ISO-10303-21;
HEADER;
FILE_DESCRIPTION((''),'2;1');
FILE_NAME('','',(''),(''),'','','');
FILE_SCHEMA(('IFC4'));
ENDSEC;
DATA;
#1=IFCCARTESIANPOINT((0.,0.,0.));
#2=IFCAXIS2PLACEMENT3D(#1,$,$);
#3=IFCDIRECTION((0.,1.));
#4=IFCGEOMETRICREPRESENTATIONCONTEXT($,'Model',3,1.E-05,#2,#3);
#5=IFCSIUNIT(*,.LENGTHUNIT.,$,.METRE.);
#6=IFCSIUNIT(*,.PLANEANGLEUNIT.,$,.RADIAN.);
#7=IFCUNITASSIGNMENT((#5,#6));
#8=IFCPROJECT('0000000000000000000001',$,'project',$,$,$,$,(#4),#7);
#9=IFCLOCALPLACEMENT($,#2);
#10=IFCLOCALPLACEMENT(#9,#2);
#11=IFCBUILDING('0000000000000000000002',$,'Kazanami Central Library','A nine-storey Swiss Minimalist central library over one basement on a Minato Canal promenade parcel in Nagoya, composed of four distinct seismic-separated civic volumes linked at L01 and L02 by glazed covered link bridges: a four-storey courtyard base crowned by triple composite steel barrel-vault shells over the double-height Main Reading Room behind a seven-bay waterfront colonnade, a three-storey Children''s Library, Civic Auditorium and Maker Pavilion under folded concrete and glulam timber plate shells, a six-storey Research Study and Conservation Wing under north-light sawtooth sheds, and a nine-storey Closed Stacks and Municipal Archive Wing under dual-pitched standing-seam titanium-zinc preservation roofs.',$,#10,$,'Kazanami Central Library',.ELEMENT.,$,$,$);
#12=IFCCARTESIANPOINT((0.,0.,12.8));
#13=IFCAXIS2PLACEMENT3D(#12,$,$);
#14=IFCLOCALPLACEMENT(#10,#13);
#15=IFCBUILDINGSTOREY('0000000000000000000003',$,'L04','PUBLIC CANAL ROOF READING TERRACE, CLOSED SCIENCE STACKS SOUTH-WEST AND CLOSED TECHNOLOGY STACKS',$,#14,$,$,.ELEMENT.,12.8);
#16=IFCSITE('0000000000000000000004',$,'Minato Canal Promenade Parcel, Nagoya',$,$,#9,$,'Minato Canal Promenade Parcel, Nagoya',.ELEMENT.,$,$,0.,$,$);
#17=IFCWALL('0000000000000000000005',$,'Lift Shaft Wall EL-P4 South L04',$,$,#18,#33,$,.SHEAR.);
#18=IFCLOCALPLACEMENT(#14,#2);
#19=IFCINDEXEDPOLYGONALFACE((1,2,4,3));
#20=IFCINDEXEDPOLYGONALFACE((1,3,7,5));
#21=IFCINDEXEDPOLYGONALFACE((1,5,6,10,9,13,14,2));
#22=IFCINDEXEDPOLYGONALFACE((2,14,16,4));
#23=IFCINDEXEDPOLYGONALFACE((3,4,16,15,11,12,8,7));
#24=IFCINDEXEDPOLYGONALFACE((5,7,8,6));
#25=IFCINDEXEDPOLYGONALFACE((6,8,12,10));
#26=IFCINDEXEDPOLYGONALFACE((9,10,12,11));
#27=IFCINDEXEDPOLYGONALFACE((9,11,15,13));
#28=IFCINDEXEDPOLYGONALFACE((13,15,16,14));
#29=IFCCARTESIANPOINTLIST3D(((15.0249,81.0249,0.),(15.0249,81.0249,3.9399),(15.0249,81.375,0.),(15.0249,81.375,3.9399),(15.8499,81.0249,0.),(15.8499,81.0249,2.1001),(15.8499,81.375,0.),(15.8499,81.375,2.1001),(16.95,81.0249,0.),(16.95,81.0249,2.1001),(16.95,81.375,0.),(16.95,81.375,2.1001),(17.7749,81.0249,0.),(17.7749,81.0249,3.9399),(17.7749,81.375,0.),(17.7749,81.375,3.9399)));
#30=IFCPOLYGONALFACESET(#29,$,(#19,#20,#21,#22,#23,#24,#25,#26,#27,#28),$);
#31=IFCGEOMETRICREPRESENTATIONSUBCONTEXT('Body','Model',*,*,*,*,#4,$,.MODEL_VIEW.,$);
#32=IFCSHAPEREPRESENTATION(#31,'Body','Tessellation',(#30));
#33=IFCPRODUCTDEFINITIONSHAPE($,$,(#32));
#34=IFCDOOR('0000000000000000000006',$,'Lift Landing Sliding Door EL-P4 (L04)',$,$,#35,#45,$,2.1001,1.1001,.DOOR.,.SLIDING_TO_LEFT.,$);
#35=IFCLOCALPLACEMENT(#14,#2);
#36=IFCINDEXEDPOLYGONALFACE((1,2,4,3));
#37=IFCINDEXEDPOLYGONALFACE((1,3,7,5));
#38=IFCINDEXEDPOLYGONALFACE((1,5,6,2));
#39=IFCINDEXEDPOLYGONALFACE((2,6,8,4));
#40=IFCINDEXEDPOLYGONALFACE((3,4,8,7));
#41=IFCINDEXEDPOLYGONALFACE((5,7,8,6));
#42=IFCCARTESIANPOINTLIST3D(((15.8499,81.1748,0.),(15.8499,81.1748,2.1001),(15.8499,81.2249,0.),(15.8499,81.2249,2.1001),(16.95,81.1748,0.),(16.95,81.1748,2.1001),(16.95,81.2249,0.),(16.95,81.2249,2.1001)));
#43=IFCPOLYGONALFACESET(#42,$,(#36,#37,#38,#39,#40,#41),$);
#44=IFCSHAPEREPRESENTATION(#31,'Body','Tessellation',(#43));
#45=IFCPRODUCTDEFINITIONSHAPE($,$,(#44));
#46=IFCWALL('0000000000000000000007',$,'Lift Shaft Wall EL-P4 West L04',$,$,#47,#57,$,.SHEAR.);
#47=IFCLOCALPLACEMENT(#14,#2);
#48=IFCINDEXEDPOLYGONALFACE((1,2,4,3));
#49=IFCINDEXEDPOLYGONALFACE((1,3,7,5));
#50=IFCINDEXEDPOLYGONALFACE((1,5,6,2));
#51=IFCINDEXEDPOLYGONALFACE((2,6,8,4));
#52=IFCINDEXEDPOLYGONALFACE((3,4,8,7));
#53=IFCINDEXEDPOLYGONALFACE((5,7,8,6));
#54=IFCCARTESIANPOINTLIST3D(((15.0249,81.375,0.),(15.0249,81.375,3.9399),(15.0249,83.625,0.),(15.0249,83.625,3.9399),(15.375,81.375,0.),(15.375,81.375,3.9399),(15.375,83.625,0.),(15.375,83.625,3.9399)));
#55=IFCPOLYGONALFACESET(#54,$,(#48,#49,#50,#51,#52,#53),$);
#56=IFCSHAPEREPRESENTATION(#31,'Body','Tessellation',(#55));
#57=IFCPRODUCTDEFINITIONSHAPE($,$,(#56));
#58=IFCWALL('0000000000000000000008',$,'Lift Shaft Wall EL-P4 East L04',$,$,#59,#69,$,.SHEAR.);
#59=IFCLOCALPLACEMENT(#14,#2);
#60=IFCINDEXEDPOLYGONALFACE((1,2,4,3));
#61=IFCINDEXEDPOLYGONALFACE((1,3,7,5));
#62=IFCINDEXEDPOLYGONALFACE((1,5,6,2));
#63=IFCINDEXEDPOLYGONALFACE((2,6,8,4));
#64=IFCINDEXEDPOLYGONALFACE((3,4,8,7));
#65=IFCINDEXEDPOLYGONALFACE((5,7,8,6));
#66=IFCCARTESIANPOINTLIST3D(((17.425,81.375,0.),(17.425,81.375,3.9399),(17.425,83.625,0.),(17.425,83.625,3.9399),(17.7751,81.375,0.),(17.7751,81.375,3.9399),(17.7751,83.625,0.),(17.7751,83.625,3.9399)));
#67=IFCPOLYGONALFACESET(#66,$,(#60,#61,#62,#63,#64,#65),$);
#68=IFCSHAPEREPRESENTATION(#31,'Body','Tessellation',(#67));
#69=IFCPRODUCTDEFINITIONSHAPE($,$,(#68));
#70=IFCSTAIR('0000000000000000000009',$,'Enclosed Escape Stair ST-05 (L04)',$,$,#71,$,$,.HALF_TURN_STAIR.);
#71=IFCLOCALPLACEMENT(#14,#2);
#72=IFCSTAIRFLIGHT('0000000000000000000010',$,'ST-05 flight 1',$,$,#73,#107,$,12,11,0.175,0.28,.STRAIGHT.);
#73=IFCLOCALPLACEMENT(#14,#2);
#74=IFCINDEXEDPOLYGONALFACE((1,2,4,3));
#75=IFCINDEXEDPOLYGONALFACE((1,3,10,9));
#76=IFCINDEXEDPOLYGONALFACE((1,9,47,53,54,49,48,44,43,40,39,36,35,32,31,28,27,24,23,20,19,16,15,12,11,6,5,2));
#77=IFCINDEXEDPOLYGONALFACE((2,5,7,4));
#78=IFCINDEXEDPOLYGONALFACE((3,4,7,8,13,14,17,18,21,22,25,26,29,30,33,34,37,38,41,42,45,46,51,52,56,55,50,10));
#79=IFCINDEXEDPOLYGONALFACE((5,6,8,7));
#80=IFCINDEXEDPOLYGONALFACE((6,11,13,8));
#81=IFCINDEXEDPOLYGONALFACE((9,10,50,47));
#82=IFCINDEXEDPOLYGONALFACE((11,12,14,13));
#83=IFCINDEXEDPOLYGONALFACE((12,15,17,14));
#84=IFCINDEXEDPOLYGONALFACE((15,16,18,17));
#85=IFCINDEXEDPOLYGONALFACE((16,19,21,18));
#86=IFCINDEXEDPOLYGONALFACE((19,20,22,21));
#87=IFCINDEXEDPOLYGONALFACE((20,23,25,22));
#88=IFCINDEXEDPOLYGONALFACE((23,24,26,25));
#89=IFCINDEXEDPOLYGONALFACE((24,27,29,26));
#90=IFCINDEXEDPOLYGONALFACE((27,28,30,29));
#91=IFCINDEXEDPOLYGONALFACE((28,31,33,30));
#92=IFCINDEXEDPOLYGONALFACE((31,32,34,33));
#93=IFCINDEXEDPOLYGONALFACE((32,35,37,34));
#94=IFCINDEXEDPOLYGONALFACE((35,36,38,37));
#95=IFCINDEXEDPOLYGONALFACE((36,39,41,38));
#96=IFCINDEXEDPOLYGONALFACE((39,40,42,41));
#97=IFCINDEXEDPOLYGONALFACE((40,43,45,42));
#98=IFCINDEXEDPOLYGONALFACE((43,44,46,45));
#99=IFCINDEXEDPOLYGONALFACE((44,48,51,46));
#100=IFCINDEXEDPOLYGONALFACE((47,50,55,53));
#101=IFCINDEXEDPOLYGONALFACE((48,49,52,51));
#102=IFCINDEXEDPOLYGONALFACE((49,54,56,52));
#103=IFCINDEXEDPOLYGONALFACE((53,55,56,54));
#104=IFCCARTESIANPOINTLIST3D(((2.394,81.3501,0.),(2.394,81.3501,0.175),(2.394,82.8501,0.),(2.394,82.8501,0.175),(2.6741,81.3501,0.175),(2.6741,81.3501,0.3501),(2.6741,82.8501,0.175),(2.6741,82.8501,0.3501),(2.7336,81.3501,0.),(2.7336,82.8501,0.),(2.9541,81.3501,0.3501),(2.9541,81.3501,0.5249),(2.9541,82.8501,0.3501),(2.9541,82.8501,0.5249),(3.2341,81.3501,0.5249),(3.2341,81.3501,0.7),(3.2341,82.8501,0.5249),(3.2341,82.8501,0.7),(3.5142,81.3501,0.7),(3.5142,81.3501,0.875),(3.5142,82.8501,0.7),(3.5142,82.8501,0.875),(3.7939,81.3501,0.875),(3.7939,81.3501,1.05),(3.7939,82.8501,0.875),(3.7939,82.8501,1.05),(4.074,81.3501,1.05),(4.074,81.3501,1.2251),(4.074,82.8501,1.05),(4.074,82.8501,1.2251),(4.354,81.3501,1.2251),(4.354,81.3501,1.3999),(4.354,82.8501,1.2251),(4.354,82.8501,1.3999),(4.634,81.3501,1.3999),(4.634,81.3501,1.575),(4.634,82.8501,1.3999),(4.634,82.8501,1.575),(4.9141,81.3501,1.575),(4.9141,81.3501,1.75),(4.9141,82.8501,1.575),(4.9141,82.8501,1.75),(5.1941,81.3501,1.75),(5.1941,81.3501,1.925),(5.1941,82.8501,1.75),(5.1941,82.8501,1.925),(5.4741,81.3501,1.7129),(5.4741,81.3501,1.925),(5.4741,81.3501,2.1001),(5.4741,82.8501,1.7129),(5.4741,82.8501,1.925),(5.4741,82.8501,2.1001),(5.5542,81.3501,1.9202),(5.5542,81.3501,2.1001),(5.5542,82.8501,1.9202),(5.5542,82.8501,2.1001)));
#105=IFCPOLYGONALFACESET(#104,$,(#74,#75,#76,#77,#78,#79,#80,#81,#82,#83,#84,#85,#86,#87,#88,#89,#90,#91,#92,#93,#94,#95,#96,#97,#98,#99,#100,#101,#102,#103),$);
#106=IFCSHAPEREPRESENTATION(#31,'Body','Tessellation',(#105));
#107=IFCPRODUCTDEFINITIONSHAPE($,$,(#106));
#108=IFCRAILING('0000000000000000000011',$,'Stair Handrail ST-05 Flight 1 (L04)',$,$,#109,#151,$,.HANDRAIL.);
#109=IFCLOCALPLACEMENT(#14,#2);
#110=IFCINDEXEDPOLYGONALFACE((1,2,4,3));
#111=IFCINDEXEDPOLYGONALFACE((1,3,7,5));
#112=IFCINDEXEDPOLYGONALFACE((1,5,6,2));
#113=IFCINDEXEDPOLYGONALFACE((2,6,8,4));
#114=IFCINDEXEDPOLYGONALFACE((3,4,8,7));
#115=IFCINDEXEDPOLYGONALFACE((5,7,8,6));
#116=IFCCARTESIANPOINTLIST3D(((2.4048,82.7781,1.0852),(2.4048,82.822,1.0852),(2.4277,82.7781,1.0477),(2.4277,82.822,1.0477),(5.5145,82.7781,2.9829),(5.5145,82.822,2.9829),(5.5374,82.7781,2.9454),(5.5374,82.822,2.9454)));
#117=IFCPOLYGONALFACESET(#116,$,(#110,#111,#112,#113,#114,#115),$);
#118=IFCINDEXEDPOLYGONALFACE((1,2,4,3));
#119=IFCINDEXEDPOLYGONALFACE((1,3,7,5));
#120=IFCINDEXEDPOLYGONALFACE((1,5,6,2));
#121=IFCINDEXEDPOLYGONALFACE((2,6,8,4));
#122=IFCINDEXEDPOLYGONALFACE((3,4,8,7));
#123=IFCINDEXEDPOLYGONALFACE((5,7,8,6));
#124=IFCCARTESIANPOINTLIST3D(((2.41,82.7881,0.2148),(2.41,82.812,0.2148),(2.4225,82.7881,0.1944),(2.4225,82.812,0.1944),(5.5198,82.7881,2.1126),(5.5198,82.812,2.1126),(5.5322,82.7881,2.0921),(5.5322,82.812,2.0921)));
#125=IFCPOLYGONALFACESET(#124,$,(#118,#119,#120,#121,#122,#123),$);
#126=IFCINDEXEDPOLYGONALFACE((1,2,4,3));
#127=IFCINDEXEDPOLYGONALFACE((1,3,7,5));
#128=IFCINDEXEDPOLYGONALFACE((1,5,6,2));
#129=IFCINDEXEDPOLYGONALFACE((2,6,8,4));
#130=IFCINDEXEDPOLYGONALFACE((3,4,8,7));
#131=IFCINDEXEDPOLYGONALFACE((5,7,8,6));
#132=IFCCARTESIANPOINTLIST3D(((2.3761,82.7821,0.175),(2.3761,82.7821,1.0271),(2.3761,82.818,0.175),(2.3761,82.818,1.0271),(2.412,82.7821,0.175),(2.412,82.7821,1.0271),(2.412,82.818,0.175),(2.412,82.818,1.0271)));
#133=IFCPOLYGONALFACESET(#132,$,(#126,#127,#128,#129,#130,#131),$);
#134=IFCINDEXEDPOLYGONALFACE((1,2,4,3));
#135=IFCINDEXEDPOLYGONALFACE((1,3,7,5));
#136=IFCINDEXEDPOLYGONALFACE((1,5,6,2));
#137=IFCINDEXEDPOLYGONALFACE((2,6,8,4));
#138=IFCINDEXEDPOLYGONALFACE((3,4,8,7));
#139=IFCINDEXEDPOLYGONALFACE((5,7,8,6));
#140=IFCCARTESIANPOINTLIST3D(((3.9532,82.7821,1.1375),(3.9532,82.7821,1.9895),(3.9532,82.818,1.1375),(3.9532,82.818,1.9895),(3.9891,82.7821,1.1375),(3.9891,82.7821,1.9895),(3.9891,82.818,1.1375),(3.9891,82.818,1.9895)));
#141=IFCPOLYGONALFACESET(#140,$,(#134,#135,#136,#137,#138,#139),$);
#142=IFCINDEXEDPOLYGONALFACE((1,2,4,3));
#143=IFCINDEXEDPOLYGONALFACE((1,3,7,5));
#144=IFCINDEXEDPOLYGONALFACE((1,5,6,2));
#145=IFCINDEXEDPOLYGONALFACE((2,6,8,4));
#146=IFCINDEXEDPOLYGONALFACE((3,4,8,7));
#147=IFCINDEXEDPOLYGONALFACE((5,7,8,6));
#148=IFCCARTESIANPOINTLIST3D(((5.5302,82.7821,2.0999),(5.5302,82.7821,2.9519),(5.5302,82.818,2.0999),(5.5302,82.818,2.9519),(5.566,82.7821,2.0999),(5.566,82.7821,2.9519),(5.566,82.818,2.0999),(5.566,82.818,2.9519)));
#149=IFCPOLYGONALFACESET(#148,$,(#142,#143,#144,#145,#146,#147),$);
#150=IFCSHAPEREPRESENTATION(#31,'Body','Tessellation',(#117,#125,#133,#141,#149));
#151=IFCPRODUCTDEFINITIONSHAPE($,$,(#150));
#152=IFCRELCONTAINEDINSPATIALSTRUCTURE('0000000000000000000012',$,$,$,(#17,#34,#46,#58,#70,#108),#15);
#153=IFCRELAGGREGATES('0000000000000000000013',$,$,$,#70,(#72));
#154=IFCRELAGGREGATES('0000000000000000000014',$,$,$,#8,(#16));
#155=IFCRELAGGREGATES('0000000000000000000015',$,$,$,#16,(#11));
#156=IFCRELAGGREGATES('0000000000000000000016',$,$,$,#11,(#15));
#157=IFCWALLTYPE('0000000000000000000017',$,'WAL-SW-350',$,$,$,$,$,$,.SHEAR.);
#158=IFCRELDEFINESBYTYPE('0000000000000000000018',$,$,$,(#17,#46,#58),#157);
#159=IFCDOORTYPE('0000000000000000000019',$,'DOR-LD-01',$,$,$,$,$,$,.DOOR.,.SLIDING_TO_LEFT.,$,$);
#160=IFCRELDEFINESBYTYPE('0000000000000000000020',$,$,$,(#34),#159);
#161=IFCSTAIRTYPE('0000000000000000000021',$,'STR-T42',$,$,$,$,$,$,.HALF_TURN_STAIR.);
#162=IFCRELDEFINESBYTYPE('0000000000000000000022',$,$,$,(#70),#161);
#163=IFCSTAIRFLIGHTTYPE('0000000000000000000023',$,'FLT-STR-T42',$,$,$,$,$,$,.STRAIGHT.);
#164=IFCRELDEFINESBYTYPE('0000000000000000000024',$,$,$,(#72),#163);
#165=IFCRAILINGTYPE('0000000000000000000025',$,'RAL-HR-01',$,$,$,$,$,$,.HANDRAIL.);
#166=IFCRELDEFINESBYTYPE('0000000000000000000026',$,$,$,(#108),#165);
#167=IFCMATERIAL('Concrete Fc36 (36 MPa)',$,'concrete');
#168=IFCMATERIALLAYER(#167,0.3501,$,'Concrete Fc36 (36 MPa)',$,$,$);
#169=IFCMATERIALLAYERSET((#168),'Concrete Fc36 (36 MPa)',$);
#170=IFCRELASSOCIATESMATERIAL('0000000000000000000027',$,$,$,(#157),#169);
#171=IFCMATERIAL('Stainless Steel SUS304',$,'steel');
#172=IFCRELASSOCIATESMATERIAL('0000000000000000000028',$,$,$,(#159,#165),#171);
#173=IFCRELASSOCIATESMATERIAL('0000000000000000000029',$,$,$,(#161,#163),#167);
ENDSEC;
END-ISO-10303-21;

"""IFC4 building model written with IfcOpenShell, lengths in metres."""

from ifc_helpers import new_model, si_unit, direction, frame, frame_2d, origin, origin_2d, place, context, subcontext, project, spatial, polyline, rectangle, outline, extrude, material, layer, layer_set, type_object, element, fill, aggregate, save


model = new_model("IFC4")

# Units and contexts
model_context = context("Model", 3, precision=1e-05, world=origin(), true_north=direction((0.0, 1.0)))
body_context = subcontext(model_context, "Body", "Model", "MODEL_VIEW")
ifc_project = project(units=[si_unit("LENGTHUNIT", "METRE"), si_unit("PLANEANGLEUNIT", "RADIAN")], contexts=[model_context])

# Site, building, storey
site_placement = place(None, origin())
site = spatial("IfcSite", under=ifc_project, at=site_placement, Name="Minato Canal Promenade Parcel, Nagoya", LongName="Minato Canal Promenade Parcel, Nagoya", CompositionType="ELEMENT", RefElevation=0.0)
building_placement = place(site_placement, origin())
building = spatial("IfcBuilding", under=site, at=building_placement, Name="Kazanami Central Library", Description="A nine-storey Swiss Minimalist central library over one basement on a Minato Canal promenade parcel in Nagoya, composed of four distinct seismic-separated civic volumes linked at L01 and L02 by glazed covered link bridges: a four-storey courtyard base crowned by triple composite steel barrel-vault shells over the double-height Main Reading Room behind a seven-bay waterfront colonnade, a three-storey Children's Library, Civic Auditorium and Maker Pavilion under folded concrete and glulam timber plate shells, a six-storey Research Study and Conservation Wing under north-light sawtooth sheds, and a nine-storey Closed Stacks and Municipal Archive Wing under dual-pitched standing-seam titanium-zinc preservation roofs.", LongName="Kazanami Central Library", CompositionType="ELEMENT")
storey_placement = place(building_placement, frame((0.0, 0.0, 12.8)))
storey = spatial("IfcBuildingStorey", under=building, at=storey_placement, Name="L04", Description="PUBLIC CANAL ROOF READING TERRACE, CLOSED SCIENCE STACKS SOUTH-WEST AND CLOSED TECHNOLOGY STACKS", CompositionType="ELEMENT", Elevation=12.8)

# Shared definitions
ifc_material_1 = material(Name="Concrete Fc36 (36 MPa)", Category="concrete")

# Wall, opening, door
ifc_layer_1 = layer(ifc_material_1, 0.3501, Name="Concrete Fc36 (36 MPa)")
ifc_layer_set_1 = layer_set([ifc_layer_1], Name="Concrete Fc36 (36 MPa)")
wall_type_1 = type_object("IfcWallType", Name="WAL-SW-350", PredefinedType="SHEAR", material=ifc_layer_set_1)
wall_1_placement = place(storey_placement, frame((15.0249, 81.2, 0.0), z_axis=(0.0, 0.0, 1.0), x_axis=(1.0, 0.0, 0.0)))
wall_1 = element("IfcWall", 1, at=wall_1_placement, inside=storey, type_object=wall_type_1, Name="Lift Shaft Wall EL-P4 South L04", PredefinedType="SHEAR", context=body_context, shape_type="SweptSolid", body=[
    extrude(rectangle(XDim=2.75, YDim=0.3501, at=frame_2d((1.375, 0.0))), origin(), (0.0, 0.0, 1.0), 3.9399),
])
opening_1_placement = place(wall_1_placement, frame((0.825, 0.0, 0.0)))
opening_1 = element("IfcOpeningElement", 2, at=opening_1_placement, cuts=wall_1, PredefinedType="OPENING", context=body_context, shape_type="SweptSolid", body=[
    extrude(rectangle(XDim=1.1001, YDim=2.1001, at=frame_2d((0.55, 1.05))), frame((0.0, 0.187, 0.0), z_axis=(0.0, -1.0, 0.0), x_axis=(1.0, 0.0, 0.0)), (0.0, 0.0, 1.0), 0.374),
])
ifc_material_2 = material(Name="Stainless Steel SUS304", Category="steel")
door_type_1 = type_object("IfcDoorType", Name="DOR-LD-01", OperationType="SLIDING_TO_LEFT", PredefinedType="DOOR", material=ifc_material_2)
door_1_placement = place(opening_1_placement, origin())
door_1 = element("IfcDoor", 3, at=door_1_placement, inside=storey, type_object=door_type_1, Name="Lift Landing Sliding Door EL-P4 (L04)", OperationType="SLIDING_TO_LEFT", OverallHeight=2.1001, OverallWidth=1.1001, PredefinedType="DOOR", context=body_context, shape_type="SweptSolid", body=[
    extrude(rectangle(XDim=1.1001, YDim=2.1001, at=frame_2d((0.55, 1.05))), frame((0.0, 0.0249, 0.0), z_axis=(0.0, -1.0, 0.0), x_axis=(1.0, 0.0, 0.0)), (0.0, 0.0, 1.0), 0.05),
])
fill(opening_1, door_1)

# Walls
for number, where, z_axis, x_axis, name in (
    (4, (15.2, 81.375, 0.0), (0.0, 0.0, 1.0), (0.0, 1.0, 0.0), "Lift Shaft Wall EL-P4 West L04"),
    (5, (17.6001, 81.375, 0.0), (0.0, 0.0, 1.0), (0.0, 1.0, 0.0), "Lift Shaft Wall EL-P4 East L04"),
):
    element("IfcWall", number, at=place(storey_placement, frame(where, z_axis=z_axis, x_axis=x_axis)), inside=storey, type_object=wall_type_1, Name=name, PredefinedType="SHEAR", context=body_context, shape_type="SweptSolid", body=[
        extrude(rectangle(XDim=2.25, YDim=0.3501, at=frame_2d((1.125, 0.0))), origin(), (0.0, 0.0, 1.0), 3.9399),
    ])

# Stair, stair flight
stair_type = type_object("IfcStairType", Name="STR-T42", PredefinedType="HALF_TURN_STAIR", material=ifc_material_1)
stair_placement = place(storey_placement, origin())
stair = element("IfcStair", 6, at=stair_placement, inside=storey, type_object=stair_type, Name="Enclosed Escape Stair ST-05 (L04)", PredefinedType="HALF_TURN_STAIR")
stair_flight_type = type_object("IfcStairFlightType", Name="FLT-STR-T42", PredefinedType="STRAIGHT", material=ifc_material_1)
stair_flight_placement = place(storey_placement, frame((2.394, 82.1001, 0.0), z_axis=(0.0, 0.0, 1.0), x_axis=(1.0, 0.0, 0.0)))
stair_flight = element("IfcStairFlight", 7, at=stair_flight_placement, type_object=stair_flight_type, Name="ST-05 flight 1", NumberOfRisers=12, NumberOfTreads=11, PredefinedType="STRAIGHT", RiserHeight=0.175, TreadLength=0.28, context=body_context, shape_type="SweptSolid", body=[
    extrude(outline(polyline([(0.0, 0.0), (0.0, 0.175), (0.28, 0.175), (0.28, 0.3501), (0.5601, 0.3501), (0.5601, 0.5249), (0.8401, 0.5249), (0.8401, 0.7), (1.1201, 0.7), (1.1201, 0.875), (1.3999, 0.875), (1.3999, 1.05), (1.6799, 1.05), (1.6799, 1.2251), (1.96, 1.2251), (1.96, 1.3999), (2.24, 1.3999), (2.24, 1.575), (2.52, 1.575), (2.52, 1.75), (2.8, 1.75), (2.8, 1.925), (3.0801, 1.925), (3.0801, 2.1001), (3.1602, 2.1001), (3.1602, 1.9202), (3.0801, 1.7129), (0.3396, 0.0), (0.0, 0.0)])), frame((0.0, 0.75, 0.0), z_axis=(0.0, -1.0, 0.0), x_axis=(1.0, 0.0, 0.0)), (0.0, 0.0, 1.0), 1.5),
])
aggregate(stair, [stair_flight])

# Railing
railing_type = type_object("IfcRailingType", Name="RAL-HR-01", PredefinedType="HANDRAIL", material=ifc_material_2)
railing_placement = place(storey_placement, frame((2.394, 82.8, 0.175)))
element("IfcRailing", 8, at=railing_placement, inside=storey, type_object=railing_type, Name="Stair Handrail ST-05 Flight 1 (L04)", PredefinedType="HANDRAIL", context=body_context, shape_type="SweptSolid", body=[
    extrude(rectangle(XDim=0.0439, YDim=0.0439, at=origin_2d()), frame((0.0222, 0.0, 0.8914), z_axis=(0.853603, 0.0, 0.520923), x_axis=(0.0, 1.0, 0.0)), (0.0, 0.0, 1.0), 3.6431),
    extrude(rectangle(XDim=0.0239, YDim=0.0239, at=origin_2d()), frame((0.0222, 0.0, 0.0295), z_axis=(0.853603, 0.0, 0.520923), x_axis=(0.0, 1.0, 0.0)), (0.0, 0.0, 1.0), 3.6431),
    extrude(rectangle(XDim=0.0359, YDim=0.0359, at=origin_2d()), origin(), (0.0, 0.0, 1.0), 0.8521),
    extrude(rectangle(XDim=0.0359, YDim=0.0359, at=origin_2d()), frame((1.5771, 0.0, 0.9624)), (0.0, 0.0, 1.0), 0.8521),
    extrude(rectangle(XDim=0.0359, YDim=0.0359, at=origin_2d()), frame((3.1541, 0.0, 1.9248)), (0.0, 0.0, 1.0), 0.8521),
])

save(model, "model.ifc")
